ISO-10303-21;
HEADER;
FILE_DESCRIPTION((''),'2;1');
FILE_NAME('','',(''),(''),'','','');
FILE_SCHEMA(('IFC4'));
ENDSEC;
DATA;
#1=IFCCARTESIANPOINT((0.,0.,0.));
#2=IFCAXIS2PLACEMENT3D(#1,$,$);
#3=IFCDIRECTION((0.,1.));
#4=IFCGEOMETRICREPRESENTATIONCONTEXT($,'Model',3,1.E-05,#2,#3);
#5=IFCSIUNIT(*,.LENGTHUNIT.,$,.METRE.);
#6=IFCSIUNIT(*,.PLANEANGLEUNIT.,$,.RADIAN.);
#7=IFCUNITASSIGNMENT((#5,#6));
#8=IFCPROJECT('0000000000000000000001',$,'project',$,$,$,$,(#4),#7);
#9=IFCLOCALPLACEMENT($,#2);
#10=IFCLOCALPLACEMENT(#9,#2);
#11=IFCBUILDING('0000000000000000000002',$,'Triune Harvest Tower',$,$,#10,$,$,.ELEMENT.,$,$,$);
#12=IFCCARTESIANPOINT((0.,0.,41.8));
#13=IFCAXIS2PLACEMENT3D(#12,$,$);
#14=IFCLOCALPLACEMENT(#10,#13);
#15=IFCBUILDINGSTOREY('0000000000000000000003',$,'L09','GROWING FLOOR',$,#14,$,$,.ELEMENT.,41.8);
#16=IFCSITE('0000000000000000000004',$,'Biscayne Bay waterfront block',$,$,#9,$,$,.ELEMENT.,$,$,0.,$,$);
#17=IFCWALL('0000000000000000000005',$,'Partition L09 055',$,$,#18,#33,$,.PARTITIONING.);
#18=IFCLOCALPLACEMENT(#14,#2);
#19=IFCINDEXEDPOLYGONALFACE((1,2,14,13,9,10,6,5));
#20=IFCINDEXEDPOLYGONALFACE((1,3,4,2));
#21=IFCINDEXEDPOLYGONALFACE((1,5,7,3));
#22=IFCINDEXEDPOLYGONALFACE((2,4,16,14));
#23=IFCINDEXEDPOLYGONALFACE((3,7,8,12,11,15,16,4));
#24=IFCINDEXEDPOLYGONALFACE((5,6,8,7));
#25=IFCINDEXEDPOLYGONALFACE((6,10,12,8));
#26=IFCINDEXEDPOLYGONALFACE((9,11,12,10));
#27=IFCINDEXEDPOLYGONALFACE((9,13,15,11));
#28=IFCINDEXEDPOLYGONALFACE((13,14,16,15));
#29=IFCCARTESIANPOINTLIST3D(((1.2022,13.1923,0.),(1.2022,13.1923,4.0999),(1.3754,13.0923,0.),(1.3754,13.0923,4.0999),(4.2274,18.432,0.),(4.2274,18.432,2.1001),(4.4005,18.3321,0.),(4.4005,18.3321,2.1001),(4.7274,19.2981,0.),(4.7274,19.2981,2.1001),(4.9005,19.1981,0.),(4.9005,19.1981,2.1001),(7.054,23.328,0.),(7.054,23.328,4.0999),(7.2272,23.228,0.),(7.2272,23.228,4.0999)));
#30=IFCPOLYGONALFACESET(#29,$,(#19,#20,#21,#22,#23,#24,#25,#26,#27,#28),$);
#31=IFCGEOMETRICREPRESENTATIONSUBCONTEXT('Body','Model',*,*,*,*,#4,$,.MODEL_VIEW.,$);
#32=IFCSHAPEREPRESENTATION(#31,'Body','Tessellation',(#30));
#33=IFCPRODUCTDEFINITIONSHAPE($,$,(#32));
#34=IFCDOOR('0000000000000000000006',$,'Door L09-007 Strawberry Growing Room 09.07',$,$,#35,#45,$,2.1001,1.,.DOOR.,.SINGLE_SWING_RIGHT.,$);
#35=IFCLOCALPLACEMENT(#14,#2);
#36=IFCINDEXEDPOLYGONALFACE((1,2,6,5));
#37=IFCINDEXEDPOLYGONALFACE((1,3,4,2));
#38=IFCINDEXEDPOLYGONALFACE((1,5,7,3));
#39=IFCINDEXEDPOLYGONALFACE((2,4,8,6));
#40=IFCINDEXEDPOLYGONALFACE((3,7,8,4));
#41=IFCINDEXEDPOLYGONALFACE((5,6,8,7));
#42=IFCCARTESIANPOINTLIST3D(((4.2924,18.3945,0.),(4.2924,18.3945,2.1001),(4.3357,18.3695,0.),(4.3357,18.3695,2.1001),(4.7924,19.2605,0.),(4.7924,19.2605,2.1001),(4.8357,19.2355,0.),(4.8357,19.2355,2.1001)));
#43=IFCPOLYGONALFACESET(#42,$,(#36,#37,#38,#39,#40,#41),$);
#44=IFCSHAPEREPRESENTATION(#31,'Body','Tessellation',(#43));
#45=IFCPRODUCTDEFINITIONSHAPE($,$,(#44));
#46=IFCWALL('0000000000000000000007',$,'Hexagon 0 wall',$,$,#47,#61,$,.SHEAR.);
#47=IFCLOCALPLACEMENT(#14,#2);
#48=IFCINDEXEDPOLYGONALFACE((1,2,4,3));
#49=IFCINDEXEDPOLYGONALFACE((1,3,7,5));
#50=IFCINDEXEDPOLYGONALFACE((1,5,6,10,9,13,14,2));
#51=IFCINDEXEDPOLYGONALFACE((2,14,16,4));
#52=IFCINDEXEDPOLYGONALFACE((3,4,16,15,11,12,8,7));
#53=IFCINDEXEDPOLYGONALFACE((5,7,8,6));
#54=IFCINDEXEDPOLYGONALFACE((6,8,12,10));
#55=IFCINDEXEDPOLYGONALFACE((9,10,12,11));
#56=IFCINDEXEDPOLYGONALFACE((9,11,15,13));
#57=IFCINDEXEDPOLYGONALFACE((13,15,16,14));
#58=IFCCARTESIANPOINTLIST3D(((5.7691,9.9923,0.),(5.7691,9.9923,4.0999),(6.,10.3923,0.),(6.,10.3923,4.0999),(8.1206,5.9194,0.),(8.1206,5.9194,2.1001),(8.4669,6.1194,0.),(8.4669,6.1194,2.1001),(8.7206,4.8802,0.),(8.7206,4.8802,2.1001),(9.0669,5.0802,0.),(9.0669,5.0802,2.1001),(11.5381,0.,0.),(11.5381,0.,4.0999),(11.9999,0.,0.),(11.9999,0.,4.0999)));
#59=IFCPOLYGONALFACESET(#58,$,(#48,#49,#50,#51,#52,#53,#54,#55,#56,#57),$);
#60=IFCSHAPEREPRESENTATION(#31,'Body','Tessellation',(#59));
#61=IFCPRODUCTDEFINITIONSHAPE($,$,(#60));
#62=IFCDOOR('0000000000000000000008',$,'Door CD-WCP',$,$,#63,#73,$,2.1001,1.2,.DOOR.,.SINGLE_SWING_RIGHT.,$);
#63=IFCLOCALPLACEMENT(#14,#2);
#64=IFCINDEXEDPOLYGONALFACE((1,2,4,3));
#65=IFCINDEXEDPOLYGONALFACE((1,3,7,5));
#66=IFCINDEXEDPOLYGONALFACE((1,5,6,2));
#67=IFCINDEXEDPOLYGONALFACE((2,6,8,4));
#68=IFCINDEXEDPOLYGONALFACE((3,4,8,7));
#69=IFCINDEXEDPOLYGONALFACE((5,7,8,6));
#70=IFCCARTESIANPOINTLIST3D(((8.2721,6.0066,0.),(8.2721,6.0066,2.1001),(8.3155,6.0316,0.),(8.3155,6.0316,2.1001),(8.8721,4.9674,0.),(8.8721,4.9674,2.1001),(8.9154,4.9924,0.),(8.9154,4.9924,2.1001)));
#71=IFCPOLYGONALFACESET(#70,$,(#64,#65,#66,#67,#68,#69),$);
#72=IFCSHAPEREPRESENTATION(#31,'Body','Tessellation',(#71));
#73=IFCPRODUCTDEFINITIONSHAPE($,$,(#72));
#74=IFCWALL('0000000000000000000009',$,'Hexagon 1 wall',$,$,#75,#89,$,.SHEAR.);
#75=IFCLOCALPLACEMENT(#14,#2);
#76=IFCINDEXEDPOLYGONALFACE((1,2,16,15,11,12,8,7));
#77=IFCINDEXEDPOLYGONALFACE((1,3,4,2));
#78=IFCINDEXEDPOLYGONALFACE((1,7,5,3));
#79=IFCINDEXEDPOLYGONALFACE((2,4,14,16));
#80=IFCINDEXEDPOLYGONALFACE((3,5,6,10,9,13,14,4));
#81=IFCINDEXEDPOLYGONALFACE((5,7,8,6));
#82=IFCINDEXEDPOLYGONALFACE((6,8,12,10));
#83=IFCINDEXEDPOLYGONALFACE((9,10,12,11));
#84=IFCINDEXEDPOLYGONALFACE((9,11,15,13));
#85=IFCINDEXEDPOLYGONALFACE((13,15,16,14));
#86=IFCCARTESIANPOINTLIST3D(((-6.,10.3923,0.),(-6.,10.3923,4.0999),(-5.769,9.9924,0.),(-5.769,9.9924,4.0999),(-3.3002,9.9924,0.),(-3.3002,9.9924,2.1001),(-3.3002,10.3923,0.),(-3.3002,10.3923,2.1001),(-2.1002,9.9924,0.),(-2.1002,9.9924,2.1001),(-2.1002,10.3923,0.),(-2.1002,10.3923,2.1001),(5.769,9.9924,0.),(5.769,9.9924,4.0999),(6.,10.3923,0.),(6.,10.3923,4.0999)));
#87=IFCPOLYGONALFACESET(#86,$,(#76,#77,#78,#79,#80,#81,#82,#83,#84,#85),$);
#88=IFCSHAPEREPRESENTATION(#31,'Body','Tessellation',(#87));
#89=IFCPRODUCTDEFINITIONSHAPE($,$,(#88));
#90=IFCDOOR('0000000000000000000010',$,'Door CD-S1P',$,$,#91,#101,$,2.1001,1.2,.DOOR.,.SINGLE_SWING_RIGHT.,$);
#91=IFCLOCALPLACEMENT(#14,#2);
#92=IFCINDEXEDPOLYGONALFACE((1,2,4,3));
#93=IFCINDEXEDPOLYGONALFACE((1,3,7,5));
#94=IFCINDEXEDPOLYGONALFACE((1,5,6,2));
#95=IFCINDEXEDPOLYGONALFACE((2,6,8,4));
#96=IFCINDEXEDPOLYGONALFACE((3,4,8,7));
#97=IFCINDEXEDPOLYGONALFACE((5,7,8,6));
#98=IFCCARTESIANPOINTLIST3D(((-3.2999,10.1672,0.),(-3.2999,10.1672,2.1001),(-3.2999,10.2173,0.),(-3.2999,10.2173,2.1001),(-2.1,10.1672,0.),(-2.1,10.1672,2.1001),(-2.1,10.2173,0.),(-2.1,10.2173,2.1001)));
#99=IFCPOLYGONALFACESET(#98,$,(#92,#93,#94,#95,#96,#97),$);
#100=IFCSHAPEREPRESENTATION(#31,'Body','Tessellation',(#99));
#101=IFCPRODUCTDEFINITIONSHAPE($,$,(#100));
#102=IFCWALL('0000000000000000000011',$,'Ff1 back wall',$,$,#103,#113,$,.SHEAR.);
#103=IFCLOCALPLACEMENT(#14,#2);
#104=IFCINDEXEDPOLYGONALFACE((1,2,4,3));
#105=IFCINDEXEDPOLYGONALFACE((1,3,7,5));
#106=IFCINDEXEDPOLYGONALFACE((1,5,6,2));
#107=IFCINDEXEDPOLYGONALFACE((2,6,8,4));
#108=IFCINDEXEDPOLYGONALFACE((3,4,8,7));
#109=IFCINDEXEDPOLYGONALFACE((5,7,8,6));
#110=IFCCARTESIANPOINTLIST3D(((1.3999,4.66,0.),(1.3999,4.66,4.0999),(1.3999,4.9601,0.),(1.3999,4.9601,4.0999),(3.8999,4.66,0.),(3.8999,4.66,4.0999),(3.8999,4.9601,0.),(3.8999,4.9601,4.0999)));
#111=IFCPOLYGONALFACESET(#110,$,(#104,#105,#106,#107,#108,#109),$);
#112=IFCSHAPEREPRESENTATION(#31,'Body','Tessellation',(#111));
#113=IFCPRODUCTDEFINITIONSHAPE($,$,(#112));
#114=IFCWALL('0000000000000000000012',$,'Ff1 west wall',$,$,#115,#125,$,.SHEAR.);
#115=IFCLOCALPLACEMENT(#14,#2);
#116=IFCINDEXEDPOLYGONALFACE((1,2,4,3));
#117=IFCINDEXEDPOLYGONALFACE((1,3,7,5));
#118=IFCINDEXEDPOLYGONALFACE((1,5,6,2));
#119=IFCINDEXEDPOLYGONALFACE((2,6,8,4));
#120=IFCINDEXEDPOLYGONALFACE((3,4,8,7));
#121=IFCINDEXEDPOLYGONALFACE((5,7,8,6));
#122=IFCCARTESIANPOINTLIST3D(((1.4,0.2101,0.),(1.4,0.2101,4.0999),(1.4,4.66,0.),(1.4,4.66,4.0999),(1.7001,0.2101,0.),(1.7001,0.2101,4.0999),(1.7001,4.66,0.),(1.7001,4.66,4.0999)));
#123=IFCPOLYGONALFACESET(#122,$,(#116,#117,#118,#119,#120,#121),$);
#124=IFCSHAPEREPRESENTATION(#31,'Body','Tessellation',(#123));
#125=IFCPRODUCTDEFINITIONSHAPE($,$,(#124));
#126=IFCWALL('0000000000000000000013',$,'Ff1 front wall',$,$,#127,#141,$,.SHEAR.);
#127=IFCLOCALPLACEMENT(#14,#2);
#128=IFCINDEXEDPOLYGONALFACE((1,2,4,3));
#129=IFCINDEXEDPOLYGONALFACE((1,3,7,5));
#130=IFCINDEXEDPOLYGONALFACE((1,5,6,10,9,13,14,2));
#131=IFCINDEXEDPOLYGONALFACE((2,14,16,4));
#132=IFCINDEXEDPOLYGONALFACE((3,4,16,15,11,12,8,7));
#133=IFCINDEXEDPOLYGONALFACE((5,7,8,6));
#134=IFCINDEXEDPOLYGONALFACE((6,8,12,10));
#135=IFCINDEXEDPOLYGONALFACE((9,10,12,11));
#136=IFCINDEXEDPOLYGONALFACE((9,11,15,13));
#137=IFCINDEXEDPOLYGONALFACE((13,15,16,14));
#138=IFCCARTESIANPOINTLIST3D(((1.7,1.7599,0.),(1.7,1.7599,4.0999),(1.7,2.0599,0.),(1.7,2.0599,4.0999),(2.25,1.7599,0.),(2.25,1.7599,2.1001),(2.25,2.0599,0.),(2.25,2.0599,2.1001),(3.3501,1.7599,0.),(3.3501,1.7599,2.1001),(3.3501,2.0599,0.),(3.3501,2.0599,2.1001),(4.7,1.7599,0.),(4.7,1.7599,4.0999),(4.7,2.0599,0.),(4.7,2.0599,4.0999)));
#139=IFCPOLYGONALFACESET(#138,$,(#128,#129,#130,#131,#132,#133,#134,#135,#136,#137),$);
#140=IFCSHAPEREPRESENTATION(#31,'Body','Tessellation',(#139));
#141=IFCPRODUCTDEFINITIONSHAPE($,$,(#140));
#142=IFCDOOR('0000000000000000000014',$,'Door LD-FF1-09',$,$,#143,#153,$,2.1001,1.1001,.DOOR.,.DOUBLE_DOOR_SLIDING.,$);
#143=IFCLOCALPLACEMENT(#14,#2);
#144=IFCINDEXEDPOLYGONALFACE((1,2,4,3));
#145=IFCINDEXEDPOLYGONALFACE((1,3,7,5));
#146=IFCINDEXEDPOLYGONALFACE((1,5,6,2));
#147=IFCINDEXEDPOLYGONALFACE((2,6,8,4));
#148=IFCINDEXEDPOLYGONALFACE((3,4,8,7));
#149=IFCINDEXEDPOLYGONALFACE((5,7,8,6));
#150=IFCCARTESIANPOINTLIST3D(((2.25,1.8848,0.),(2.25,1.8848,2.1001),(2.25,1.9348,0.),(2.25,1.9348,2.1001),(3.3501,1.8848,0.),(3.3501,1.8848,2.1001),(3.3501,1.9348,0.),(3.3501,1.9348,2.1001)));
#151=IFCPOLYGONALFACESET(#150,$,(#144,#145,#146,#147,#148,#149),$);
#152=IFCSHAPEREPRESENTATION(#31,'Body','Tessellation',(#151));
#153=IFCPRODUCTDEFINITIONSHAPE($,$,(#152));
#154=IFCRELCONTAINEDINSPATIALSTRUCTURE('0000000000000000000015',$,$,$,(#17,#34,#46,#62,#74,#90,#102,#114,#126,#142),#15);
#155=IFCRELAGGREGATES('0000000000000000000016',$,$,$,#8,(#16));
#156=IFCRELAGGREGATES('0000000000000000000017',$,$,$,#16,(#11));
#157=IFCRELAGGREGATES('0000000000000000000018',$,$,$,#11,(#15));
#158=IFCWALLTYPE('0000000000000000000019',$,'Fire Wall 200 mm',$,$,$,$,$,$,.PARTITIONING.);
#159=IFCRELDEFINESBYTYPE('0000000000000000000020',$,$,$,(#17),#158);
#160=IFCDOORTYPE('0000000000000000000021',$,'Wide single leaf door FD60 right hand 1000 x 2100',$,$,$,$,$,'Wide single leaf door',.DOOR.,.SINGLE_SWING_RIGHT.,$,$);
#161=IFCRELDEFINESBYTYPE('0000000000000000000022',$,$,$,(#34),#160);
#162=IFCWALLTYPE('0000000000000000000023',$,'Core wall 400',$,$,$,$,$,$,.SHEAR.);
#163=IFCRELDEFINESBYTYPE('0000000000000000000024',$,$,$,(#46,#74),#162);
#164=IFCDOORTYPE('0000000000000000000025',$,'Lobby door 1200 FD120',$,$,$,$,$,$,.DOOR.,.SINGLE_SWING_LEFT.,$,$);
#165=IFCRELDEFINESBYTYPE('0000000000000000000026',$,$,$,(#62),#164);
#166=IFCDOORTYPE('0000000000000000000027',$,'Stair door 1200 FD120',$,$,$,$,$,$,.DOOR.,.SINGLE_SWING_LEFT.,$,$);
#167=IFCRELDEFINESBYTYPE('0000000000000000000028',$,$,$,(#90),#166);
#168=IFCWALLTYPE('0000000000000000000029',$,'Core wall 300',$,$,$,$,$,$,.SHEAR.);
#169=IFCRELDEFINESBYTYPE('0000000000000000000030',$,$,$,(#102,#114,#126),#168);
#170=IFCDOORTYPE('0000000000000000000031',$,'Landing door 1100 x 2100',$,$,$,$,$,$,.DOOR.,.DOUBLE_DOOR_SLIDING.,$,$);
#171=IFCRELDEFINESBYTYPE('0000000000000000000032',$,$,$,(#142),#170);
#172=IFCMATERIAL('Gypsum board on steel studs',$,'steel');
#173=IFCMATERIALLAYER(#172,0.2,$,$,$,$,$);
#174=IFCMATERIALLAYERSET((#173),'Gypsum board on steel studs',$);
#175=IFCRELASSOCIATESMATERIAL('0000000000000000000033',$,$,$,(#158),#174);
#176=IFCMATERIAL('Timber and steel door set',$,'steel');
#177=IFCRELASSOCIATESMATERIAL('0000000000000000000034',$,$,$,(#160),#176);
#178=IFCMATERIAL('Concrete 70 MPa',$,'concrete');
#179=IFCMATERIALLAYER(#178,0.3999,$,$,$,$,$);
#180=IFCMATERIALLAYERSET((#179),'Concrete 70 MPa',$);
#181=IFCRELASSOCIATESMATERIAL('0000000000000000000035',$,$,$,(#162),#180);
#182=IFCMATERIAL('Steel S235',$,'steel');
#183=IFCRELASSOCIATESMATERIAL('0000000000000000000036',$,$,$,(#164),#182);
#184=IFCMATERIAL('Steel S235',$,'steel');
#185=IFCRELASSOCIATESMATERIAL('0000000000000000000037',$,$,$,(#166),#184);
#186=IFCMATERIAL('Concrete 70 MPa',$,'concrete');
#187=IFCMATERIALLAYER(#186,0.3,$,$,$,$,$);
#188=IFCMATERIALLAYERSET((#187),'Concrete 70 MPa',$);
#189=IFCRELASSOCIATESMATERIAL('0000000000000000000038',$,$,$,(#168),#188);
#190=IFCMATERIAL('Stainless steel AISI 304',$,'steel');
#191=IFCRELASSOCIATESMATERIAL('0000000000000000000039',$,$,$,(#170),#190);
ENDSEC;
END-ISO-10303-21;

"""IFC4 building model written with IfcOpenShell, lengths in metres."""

from ifc_helpers import new_model, si_unit, direction, frame, frame_2d, origin, place, context, subcontext, project, spatial, polyline, rectangle, outline, extrude, source, transform, mapped, material, layer, layer_set, type_object, element, fill, save


model = new_model("IFC4")

# Units and contexts
model_context = context("Model", 3, precision=1e-05, world=origin(), true_north=direction((0.0, 1.0)))
body_context = subcontext(model_context, "Body", "Model", "MODEL_VIEW")
ifc_project = project(units=[si_unit("LENGTHUNIT", "METRE"), si_unit("PLANEANGLEUNIT", "RADIAN")], contexts=[model_context])

# Site, building, storey
site_placement = place(None, origin())
site = spatial("IfcSite", under=ifc_project, at=site_placement, Name="Biscayne Bay waterfront block", CompositionType="ELEMENT", RefElevation=0.0)
building_placement = place(site_placement, origin())
building = spatial("IfcBuilding", under=site, at=building_placement, Name="Triune Harvest Tower", CompositionType="ELEMENT")
storey_placement = place(building_placement, frame((0.0, 0.0, 41.8)))
storey = spatial("IfcBuildingStorey", under=building, at=storey_placement, Name="L09", Description="GROWING FLOOR", CompositionType="ELEMENT", Elevation=41.8)

# Shared definitions
ifc_material_1 = material(Name="Gypsum board on steel studs", Category="steel")
ifc_layer_1 = layer(ifc_material_1, 0.2)
ifc_layer_set_1 = layer_set([ifc_layer_1], Name="Gypsum board on steel studs")
wall_type_1 = type_object("IfcWallType", Name="Fire Wall 200 mm", PredefinedType="PARTITIONING", material=ifc_layer_set_1)
ifc_material_2 = material(Name="Timber and steel door set", Category="steel")
door_type_1 = type_object("IfcDoorType", Name="Wide single leaf door FD60 right hand 1000 x 2100", ElementType="Wide single leaf door", OperationType="SINGLE_SWING_RIGHT", PredefinedType="DOOR", material=ifc_material_2)

# Walls, openings, doors
wall_1_placement = place(storey_placement, frame((1.2888, 13.1423, 0.0), z_axis=(0.0, 0.0, 1.0), x_axis=(0.499996, 0.866028, 0.0)))
wall_1 = element("IfcWall", 1, at=wall_1_placement, inside=storey, type_object=wall_type_1, Name="Partition L09 055", PredefinedType="PARTITIONING", context=body_context, shape_type="SweptSolid", body=[
    extrude(rectangle(XDim=11.7036, YDim=0.2, at=frame_2d((5.8518, 0.0))), origin(), (0.0, 0.0, 1.0), 4.0999),
])
opening_1_placement = place(wall_1_placement, frame((6.0503, 0.0, 0.0)))
opening_1 = element("IfcOpeningElement", 2, at=opening_1_placement, cuts=wall_1, PredefinedType="OPENING", context=body_context, shape_type="SweptSolid", body=[
    extrude(rectangle(XDim=1.0, YDim=2.1001, at=frame_2d((0.5, 1.05))), frame((0.0, 0.1099, 0.0), z_axis=(0.0, -1.0, 0.0), x_axis=(1.0, 0.0, 0.0)), (0.0, 0.0, 1.0), 0.22),
])
door_1_placement = place(opening_1_placement, origin())
door_1 = element("IfcDoor", 3, at=door_1_placement, inside=storey, type_object=door_type_1, Name="Door L09-007 Strawberry Growing Room 09.07", OperationType="SINGLE_SWING_RIGHT", OverallHeight=2.1001, OverallWidth=1.0, PredefinedType="DOOR", context=body_context, shape_type="SweptSolid", body=[
    extrude(rectangle(XDim=1.0, YDim=2.1001, at=frame_2d((0.5, 1.05))), frame((0.0, 0.0249, 0.0), z_axis=(0.0, -1.0, 0.0), x_axis=(1.0, 0.0, 0.0)), (0.0, 0.0, 1.0), 0.05),
])
fill(opening_1, door_1)
ifc_material_3 = material(Name="Concrete 70 MPa", Category="concrete")
ifc_layer_2 = layer(ifc_material_3, 0.3999)
ifc_layer_set_2 = layer_set([ifc_layer_2], Name="Concrete 70 MPa")
wall_type_2 = type_object("IfcWallType", Name="Core wall 400", PredefinedType="SHEAR", material=ifc_layer_set_2)
shared_shape_1 = source(origin(), body_context, "Body", "SweptSolid", [
    extrude(outline(polyline([(-0.1155, -0.2), (11.8845, -0.2), (11.6536, 0.2), (0.1155, 0.2), (-0.1155, -0.2)])), origin(), (0.0, 0.0, 1.0), 4.0999),
])
wall_2_placement = place(storey_placement, frame((11.769, 0.0, 0.0), z_axis=(0.0, 0.0, 1.0), x_axis=(-0.499997, 0.866027, 0.0)))
wall_2 = element("IfcWall", 4, at=wall_2_placement, inside=storey, type_object=wall_type_2, Name="Hexagon 0 wall", PredefinedType="SHEAR", context=body_context, shape_type="MappedRepresentation", body=[
    mapped(shared_shape_1, transform((0.0, 0.0, 0.0), scale=1.0)),
])
opening_2_placement = place(wall_2_placement, frame((5.7505, 0.0, 0.0)))
opening_2 = element("IfcOpeningElement", 5, at=opening_2_placement, cuts=wall_2, PredefinedType="OPENING", context=body_context, shape_type="SweptSolid", body=[
    extrude(rectangle(XDim=1.2, YDim=2.1001, at=frame_2d((0.6001, 1.05))), frame((0.0, 0.21, 0.0), z_axis=(0.0, -1.0, 0.0), x_axis=(1.0, 0.0, 0.0)), (0.0, 0.0, 1.0), 0.4199),
])
ifc_material_4 = material(Name="Steel S235", Category="steel")
door_type_2 = type_object("IfcDoorType", Name="Lobby door 1200 FD120", OperationType="SINGLE_SWING_LEFT", PredefinedType="DOOR", material=ifc_material_4)
door_2_placement = place(opening_2_placement, frame((1.2, 0.0, 0.0), z_axis=(0.0, 0.0, 1.0), x_axis=(-1.0, 0.0, 0.0)))
door_2 = element("IfcDoor", 6, at=door_2_placement, inside=storey, type_object=door_type_2, Name="Door CD-WCP", OperationType="SINGLE_SWING_RIGHT", OverallHeight=2.1001, OverallWidth=1.2, PredefinedType="DOOR", context=body_context, shape_type="SweptSolid", body=[
    extrude(rectangle(XDim=1.2, YDim=2.1001, at=frame_2d((0.6001, 1.05))), frame((0.0, 0.0249, 0.0), z_axis=(0.0, -1.0, 0.0), x_axis=(1.0, 0.0, 0.0)), (0.0, 0.0, 1.0), 0.05),
])
fill(opening_2, door_2)
wall_3_placement = place(storey_placement, frame((5.8845, 10.1924, 0.0), z_axis=(0.0, 0.0, 1.0), x_axis=(-1.0, 0.0, 0.0)))
wall_3 = element("IfcWall", 7, at=wall_3_placement, inside=storey, type_object=wall_type_2, Name="Hexagon 1 wall", PredefinedType="SHEAR", context=body_context, shape_type="MappedRepresentation", body=[
    mapped(shared_shape_1, transform((0.0, 0.0, 0.0), scale=1.0)),
])
opening_3_placement = place(wall_3_placement, frame((7.9846, 0.0, 0.0)))
opening_3 = element("IfcOpeningElement", 8, at=opening_3_placement, cuts=wall_3, PredefinedType="OPENING", context=body_context, shape_type="SweptSolid", body=[
    extrude(rectangle(XDim=1.2, YDim=2.1001, at=frame_2d((0.6001, 1.05))), frame((0.0, 0.21, 0.0), z_axis=(0.0, -1.0, 0.0), x_axis=(1.0, 0.0, 0.0)), (0.0, 0.0, 1.0), 0.4199),
])
ifc_material_5 = material(Name="Steel S235", Category="steel")
door_type_3 = type_object("IfcDoorType", Name="Stair door 1200 FD120", OperationType="SINGLE_SWING_LEFT", PredefinedType="DOOR", material=ifc_material_5)
door_3_placement = place(opening_3_placement, frame((1.2, 0.0, 0.0), z_axis=(0.0, 0.0, 1.0), x_axis=(-1.0, 0.0, 0.0)))
door_3 = element("IfcDoor", 9, at=door_3_placement, inside=storey, type_object=door_type_3, Name="Door CD-S1P", OperationType="SINGLE_SWING_RIGHT", OverallHeight=2.1001, OverallWidth=1.2, PredefinedType="DOOR", context=body_context, shape_type="SweptSolid", body=[
    extrude(rectangle(XDim=1.2, YDim=2.1001, at=frame_2d((0.6001, 1.05))), frame((0.0, 0.0249, 0.0), z_axis=(0.0, -1.0, 0.0), x_axis=(1.0, 0.0, 0.0)), (0.0, 0.0, 1.0), 0.05),
])
fill(opening_3, door_3)

# Walls
ifc_material_6 = material(Name="Concrete 70 MPa", Category="concrete")
ifc_layer_3 = layer(ifc_material_6, 0.3)
ifc_layer_set_3 = layer_set([ifc_layer_3], Name="Concrete 70 MPa")
wall_type_3 = type_object("IfcWallType", Name="Core wall 300", PredefinedType="SHEAR", material=ifc_layer_set_3)
shared_shape_2 = source(origin(), body_context, "Body", "SweptSolid", [
    extrude(rectangle(XDim=2.5, YDim=0.3, at=frame_2d((1.25, 0.0))), origin(), (0.0, 0.0, 1.0), 4.0999),
])
wall_4_placement = place(storey_placement, frame((1.3999, 4.8101, 0.0), z_axis=(0.0, 0.0, 1.0), x_axis=(1.0, 0.0, 0.0)))
element("IfcWall", 10, at=wall_4_placement, inside=storey, type_object=wall_type_3, Name="Ff1 back wall", PredefinedType="SHEAR", context=body_context, shape_type="MappedRepresentation", body=[
    mapped(shared_shape_2, transform((0.0, 0.0, 0.0), scale=1.0)),
])
shared_shape_3 = source(origin(), body_context, "Body", "SweptSolid", [
    extrude(rectangle(XDim=4.45, YDim=0.3, at=frame_2d((2.2251, 0.0))), origin(), (0.0, 0.0, 1.0), 4.0999),
])
wall_5_placement = place(storey_placement, frame((1.55, 0.21, 0.0), z_axis=(0.0, 0.0, 1.0), x_axis=(0.0, 1.0, 0.0)))
element("IfcWall", 11, at=wall_5_placement, inside=storey, type_object=wall_type_3, Name="Ff1 west wall", PredefinedType="SHEAR", context=body_context, shape_type="MappedRepresentation", body=[
    mapped(shared_shape_3, transform((0.0, 0.0, 0.0), scale=1.0)),
])

# Wall, opening, door
shared_shape_4 = source(origin(), body_context, "Body", "SweptSolid", [
    extrude(rectangle(XDim=3.0, YDim=0.3, at=frame_2d((1.5, 0.0))), origin(), (0.0, 0.0, 1.0), 4.0999),
])
wall_6_placement = place(storey_placement, frame((1.7, 1.9099, 0.0), z_axis=(0.0, 0.0, 1.0), x_axis=(1.0, 0.0, 0.0)))
wall_6 = element("IfcWall", 12, at=wall_6_placement, inside=storey, type_object=wall_type_3, Name="Ff1 front wall", PredefinedType="SHEAR", context=body_context, shape_type="MappedRepresentation", body=[
    mapped(shared_shape_4, transform((0.0, 0.0, 0.0), scale=1.0)),
])
opening_4_placement = place(wall_6_placement, frame((0.55, 0.0, 0.0)))
opening_4 = element("IfcOpeningElement", 13, at=opening_4_placement, cuts=wall_6, PredefinedType="OPENING", context=body_context, shape_type="SweptSolid", body=[
    extrude(rectangle(XDim=1.1001, YDim=2.1001, at=frame_2d((0.55, 1.05))), frame((0.0, 0.1602, 0.0), z_axis=(0.0, -1.0, 0.0), x_axis=(1.0, 0.0, 0.0)), (0.0, 0.0, 1.0), 0.3201),
])
ifc_material_7 = material(Name="Stainless steel AISI 304", Category="steel")
door_type_4 = type_object("IfcDoorType", Name="Landing door 1100 x 2100", OperationType="DOUBLE_DOOR_SLIDING", PredefinedType="DOOR", material=ifc_material_7)
door_4_placement = place(opening_4_placement, origin())
door_4 = element("IfcDoor", 14, at=door_4_placement, inside=storey, type_object=door_type_4, Name="Door LD-FF1-09", OperationType="DOUBLE_DOOR_SLIDING", OverallHeight=2.1001, OverallWidth=1.1001, PredefinedType="DOOR", context=body_context, shape_type="SweptSolid", body=[
    extrude(rectangle(XDim=1.1001, YDim=2.1001, at=frame_2d((0.55, 1.05))), frame((0.0, 0.0249, 0.0), z_axis=(0.0, -1.0, 0.0), x_axis=(1.0, 0.0, 0.0)), (0.0, 0.0, 1.0), 0.05),
])
fill(opening_4, door_4)

save(model, "model.ifc")
